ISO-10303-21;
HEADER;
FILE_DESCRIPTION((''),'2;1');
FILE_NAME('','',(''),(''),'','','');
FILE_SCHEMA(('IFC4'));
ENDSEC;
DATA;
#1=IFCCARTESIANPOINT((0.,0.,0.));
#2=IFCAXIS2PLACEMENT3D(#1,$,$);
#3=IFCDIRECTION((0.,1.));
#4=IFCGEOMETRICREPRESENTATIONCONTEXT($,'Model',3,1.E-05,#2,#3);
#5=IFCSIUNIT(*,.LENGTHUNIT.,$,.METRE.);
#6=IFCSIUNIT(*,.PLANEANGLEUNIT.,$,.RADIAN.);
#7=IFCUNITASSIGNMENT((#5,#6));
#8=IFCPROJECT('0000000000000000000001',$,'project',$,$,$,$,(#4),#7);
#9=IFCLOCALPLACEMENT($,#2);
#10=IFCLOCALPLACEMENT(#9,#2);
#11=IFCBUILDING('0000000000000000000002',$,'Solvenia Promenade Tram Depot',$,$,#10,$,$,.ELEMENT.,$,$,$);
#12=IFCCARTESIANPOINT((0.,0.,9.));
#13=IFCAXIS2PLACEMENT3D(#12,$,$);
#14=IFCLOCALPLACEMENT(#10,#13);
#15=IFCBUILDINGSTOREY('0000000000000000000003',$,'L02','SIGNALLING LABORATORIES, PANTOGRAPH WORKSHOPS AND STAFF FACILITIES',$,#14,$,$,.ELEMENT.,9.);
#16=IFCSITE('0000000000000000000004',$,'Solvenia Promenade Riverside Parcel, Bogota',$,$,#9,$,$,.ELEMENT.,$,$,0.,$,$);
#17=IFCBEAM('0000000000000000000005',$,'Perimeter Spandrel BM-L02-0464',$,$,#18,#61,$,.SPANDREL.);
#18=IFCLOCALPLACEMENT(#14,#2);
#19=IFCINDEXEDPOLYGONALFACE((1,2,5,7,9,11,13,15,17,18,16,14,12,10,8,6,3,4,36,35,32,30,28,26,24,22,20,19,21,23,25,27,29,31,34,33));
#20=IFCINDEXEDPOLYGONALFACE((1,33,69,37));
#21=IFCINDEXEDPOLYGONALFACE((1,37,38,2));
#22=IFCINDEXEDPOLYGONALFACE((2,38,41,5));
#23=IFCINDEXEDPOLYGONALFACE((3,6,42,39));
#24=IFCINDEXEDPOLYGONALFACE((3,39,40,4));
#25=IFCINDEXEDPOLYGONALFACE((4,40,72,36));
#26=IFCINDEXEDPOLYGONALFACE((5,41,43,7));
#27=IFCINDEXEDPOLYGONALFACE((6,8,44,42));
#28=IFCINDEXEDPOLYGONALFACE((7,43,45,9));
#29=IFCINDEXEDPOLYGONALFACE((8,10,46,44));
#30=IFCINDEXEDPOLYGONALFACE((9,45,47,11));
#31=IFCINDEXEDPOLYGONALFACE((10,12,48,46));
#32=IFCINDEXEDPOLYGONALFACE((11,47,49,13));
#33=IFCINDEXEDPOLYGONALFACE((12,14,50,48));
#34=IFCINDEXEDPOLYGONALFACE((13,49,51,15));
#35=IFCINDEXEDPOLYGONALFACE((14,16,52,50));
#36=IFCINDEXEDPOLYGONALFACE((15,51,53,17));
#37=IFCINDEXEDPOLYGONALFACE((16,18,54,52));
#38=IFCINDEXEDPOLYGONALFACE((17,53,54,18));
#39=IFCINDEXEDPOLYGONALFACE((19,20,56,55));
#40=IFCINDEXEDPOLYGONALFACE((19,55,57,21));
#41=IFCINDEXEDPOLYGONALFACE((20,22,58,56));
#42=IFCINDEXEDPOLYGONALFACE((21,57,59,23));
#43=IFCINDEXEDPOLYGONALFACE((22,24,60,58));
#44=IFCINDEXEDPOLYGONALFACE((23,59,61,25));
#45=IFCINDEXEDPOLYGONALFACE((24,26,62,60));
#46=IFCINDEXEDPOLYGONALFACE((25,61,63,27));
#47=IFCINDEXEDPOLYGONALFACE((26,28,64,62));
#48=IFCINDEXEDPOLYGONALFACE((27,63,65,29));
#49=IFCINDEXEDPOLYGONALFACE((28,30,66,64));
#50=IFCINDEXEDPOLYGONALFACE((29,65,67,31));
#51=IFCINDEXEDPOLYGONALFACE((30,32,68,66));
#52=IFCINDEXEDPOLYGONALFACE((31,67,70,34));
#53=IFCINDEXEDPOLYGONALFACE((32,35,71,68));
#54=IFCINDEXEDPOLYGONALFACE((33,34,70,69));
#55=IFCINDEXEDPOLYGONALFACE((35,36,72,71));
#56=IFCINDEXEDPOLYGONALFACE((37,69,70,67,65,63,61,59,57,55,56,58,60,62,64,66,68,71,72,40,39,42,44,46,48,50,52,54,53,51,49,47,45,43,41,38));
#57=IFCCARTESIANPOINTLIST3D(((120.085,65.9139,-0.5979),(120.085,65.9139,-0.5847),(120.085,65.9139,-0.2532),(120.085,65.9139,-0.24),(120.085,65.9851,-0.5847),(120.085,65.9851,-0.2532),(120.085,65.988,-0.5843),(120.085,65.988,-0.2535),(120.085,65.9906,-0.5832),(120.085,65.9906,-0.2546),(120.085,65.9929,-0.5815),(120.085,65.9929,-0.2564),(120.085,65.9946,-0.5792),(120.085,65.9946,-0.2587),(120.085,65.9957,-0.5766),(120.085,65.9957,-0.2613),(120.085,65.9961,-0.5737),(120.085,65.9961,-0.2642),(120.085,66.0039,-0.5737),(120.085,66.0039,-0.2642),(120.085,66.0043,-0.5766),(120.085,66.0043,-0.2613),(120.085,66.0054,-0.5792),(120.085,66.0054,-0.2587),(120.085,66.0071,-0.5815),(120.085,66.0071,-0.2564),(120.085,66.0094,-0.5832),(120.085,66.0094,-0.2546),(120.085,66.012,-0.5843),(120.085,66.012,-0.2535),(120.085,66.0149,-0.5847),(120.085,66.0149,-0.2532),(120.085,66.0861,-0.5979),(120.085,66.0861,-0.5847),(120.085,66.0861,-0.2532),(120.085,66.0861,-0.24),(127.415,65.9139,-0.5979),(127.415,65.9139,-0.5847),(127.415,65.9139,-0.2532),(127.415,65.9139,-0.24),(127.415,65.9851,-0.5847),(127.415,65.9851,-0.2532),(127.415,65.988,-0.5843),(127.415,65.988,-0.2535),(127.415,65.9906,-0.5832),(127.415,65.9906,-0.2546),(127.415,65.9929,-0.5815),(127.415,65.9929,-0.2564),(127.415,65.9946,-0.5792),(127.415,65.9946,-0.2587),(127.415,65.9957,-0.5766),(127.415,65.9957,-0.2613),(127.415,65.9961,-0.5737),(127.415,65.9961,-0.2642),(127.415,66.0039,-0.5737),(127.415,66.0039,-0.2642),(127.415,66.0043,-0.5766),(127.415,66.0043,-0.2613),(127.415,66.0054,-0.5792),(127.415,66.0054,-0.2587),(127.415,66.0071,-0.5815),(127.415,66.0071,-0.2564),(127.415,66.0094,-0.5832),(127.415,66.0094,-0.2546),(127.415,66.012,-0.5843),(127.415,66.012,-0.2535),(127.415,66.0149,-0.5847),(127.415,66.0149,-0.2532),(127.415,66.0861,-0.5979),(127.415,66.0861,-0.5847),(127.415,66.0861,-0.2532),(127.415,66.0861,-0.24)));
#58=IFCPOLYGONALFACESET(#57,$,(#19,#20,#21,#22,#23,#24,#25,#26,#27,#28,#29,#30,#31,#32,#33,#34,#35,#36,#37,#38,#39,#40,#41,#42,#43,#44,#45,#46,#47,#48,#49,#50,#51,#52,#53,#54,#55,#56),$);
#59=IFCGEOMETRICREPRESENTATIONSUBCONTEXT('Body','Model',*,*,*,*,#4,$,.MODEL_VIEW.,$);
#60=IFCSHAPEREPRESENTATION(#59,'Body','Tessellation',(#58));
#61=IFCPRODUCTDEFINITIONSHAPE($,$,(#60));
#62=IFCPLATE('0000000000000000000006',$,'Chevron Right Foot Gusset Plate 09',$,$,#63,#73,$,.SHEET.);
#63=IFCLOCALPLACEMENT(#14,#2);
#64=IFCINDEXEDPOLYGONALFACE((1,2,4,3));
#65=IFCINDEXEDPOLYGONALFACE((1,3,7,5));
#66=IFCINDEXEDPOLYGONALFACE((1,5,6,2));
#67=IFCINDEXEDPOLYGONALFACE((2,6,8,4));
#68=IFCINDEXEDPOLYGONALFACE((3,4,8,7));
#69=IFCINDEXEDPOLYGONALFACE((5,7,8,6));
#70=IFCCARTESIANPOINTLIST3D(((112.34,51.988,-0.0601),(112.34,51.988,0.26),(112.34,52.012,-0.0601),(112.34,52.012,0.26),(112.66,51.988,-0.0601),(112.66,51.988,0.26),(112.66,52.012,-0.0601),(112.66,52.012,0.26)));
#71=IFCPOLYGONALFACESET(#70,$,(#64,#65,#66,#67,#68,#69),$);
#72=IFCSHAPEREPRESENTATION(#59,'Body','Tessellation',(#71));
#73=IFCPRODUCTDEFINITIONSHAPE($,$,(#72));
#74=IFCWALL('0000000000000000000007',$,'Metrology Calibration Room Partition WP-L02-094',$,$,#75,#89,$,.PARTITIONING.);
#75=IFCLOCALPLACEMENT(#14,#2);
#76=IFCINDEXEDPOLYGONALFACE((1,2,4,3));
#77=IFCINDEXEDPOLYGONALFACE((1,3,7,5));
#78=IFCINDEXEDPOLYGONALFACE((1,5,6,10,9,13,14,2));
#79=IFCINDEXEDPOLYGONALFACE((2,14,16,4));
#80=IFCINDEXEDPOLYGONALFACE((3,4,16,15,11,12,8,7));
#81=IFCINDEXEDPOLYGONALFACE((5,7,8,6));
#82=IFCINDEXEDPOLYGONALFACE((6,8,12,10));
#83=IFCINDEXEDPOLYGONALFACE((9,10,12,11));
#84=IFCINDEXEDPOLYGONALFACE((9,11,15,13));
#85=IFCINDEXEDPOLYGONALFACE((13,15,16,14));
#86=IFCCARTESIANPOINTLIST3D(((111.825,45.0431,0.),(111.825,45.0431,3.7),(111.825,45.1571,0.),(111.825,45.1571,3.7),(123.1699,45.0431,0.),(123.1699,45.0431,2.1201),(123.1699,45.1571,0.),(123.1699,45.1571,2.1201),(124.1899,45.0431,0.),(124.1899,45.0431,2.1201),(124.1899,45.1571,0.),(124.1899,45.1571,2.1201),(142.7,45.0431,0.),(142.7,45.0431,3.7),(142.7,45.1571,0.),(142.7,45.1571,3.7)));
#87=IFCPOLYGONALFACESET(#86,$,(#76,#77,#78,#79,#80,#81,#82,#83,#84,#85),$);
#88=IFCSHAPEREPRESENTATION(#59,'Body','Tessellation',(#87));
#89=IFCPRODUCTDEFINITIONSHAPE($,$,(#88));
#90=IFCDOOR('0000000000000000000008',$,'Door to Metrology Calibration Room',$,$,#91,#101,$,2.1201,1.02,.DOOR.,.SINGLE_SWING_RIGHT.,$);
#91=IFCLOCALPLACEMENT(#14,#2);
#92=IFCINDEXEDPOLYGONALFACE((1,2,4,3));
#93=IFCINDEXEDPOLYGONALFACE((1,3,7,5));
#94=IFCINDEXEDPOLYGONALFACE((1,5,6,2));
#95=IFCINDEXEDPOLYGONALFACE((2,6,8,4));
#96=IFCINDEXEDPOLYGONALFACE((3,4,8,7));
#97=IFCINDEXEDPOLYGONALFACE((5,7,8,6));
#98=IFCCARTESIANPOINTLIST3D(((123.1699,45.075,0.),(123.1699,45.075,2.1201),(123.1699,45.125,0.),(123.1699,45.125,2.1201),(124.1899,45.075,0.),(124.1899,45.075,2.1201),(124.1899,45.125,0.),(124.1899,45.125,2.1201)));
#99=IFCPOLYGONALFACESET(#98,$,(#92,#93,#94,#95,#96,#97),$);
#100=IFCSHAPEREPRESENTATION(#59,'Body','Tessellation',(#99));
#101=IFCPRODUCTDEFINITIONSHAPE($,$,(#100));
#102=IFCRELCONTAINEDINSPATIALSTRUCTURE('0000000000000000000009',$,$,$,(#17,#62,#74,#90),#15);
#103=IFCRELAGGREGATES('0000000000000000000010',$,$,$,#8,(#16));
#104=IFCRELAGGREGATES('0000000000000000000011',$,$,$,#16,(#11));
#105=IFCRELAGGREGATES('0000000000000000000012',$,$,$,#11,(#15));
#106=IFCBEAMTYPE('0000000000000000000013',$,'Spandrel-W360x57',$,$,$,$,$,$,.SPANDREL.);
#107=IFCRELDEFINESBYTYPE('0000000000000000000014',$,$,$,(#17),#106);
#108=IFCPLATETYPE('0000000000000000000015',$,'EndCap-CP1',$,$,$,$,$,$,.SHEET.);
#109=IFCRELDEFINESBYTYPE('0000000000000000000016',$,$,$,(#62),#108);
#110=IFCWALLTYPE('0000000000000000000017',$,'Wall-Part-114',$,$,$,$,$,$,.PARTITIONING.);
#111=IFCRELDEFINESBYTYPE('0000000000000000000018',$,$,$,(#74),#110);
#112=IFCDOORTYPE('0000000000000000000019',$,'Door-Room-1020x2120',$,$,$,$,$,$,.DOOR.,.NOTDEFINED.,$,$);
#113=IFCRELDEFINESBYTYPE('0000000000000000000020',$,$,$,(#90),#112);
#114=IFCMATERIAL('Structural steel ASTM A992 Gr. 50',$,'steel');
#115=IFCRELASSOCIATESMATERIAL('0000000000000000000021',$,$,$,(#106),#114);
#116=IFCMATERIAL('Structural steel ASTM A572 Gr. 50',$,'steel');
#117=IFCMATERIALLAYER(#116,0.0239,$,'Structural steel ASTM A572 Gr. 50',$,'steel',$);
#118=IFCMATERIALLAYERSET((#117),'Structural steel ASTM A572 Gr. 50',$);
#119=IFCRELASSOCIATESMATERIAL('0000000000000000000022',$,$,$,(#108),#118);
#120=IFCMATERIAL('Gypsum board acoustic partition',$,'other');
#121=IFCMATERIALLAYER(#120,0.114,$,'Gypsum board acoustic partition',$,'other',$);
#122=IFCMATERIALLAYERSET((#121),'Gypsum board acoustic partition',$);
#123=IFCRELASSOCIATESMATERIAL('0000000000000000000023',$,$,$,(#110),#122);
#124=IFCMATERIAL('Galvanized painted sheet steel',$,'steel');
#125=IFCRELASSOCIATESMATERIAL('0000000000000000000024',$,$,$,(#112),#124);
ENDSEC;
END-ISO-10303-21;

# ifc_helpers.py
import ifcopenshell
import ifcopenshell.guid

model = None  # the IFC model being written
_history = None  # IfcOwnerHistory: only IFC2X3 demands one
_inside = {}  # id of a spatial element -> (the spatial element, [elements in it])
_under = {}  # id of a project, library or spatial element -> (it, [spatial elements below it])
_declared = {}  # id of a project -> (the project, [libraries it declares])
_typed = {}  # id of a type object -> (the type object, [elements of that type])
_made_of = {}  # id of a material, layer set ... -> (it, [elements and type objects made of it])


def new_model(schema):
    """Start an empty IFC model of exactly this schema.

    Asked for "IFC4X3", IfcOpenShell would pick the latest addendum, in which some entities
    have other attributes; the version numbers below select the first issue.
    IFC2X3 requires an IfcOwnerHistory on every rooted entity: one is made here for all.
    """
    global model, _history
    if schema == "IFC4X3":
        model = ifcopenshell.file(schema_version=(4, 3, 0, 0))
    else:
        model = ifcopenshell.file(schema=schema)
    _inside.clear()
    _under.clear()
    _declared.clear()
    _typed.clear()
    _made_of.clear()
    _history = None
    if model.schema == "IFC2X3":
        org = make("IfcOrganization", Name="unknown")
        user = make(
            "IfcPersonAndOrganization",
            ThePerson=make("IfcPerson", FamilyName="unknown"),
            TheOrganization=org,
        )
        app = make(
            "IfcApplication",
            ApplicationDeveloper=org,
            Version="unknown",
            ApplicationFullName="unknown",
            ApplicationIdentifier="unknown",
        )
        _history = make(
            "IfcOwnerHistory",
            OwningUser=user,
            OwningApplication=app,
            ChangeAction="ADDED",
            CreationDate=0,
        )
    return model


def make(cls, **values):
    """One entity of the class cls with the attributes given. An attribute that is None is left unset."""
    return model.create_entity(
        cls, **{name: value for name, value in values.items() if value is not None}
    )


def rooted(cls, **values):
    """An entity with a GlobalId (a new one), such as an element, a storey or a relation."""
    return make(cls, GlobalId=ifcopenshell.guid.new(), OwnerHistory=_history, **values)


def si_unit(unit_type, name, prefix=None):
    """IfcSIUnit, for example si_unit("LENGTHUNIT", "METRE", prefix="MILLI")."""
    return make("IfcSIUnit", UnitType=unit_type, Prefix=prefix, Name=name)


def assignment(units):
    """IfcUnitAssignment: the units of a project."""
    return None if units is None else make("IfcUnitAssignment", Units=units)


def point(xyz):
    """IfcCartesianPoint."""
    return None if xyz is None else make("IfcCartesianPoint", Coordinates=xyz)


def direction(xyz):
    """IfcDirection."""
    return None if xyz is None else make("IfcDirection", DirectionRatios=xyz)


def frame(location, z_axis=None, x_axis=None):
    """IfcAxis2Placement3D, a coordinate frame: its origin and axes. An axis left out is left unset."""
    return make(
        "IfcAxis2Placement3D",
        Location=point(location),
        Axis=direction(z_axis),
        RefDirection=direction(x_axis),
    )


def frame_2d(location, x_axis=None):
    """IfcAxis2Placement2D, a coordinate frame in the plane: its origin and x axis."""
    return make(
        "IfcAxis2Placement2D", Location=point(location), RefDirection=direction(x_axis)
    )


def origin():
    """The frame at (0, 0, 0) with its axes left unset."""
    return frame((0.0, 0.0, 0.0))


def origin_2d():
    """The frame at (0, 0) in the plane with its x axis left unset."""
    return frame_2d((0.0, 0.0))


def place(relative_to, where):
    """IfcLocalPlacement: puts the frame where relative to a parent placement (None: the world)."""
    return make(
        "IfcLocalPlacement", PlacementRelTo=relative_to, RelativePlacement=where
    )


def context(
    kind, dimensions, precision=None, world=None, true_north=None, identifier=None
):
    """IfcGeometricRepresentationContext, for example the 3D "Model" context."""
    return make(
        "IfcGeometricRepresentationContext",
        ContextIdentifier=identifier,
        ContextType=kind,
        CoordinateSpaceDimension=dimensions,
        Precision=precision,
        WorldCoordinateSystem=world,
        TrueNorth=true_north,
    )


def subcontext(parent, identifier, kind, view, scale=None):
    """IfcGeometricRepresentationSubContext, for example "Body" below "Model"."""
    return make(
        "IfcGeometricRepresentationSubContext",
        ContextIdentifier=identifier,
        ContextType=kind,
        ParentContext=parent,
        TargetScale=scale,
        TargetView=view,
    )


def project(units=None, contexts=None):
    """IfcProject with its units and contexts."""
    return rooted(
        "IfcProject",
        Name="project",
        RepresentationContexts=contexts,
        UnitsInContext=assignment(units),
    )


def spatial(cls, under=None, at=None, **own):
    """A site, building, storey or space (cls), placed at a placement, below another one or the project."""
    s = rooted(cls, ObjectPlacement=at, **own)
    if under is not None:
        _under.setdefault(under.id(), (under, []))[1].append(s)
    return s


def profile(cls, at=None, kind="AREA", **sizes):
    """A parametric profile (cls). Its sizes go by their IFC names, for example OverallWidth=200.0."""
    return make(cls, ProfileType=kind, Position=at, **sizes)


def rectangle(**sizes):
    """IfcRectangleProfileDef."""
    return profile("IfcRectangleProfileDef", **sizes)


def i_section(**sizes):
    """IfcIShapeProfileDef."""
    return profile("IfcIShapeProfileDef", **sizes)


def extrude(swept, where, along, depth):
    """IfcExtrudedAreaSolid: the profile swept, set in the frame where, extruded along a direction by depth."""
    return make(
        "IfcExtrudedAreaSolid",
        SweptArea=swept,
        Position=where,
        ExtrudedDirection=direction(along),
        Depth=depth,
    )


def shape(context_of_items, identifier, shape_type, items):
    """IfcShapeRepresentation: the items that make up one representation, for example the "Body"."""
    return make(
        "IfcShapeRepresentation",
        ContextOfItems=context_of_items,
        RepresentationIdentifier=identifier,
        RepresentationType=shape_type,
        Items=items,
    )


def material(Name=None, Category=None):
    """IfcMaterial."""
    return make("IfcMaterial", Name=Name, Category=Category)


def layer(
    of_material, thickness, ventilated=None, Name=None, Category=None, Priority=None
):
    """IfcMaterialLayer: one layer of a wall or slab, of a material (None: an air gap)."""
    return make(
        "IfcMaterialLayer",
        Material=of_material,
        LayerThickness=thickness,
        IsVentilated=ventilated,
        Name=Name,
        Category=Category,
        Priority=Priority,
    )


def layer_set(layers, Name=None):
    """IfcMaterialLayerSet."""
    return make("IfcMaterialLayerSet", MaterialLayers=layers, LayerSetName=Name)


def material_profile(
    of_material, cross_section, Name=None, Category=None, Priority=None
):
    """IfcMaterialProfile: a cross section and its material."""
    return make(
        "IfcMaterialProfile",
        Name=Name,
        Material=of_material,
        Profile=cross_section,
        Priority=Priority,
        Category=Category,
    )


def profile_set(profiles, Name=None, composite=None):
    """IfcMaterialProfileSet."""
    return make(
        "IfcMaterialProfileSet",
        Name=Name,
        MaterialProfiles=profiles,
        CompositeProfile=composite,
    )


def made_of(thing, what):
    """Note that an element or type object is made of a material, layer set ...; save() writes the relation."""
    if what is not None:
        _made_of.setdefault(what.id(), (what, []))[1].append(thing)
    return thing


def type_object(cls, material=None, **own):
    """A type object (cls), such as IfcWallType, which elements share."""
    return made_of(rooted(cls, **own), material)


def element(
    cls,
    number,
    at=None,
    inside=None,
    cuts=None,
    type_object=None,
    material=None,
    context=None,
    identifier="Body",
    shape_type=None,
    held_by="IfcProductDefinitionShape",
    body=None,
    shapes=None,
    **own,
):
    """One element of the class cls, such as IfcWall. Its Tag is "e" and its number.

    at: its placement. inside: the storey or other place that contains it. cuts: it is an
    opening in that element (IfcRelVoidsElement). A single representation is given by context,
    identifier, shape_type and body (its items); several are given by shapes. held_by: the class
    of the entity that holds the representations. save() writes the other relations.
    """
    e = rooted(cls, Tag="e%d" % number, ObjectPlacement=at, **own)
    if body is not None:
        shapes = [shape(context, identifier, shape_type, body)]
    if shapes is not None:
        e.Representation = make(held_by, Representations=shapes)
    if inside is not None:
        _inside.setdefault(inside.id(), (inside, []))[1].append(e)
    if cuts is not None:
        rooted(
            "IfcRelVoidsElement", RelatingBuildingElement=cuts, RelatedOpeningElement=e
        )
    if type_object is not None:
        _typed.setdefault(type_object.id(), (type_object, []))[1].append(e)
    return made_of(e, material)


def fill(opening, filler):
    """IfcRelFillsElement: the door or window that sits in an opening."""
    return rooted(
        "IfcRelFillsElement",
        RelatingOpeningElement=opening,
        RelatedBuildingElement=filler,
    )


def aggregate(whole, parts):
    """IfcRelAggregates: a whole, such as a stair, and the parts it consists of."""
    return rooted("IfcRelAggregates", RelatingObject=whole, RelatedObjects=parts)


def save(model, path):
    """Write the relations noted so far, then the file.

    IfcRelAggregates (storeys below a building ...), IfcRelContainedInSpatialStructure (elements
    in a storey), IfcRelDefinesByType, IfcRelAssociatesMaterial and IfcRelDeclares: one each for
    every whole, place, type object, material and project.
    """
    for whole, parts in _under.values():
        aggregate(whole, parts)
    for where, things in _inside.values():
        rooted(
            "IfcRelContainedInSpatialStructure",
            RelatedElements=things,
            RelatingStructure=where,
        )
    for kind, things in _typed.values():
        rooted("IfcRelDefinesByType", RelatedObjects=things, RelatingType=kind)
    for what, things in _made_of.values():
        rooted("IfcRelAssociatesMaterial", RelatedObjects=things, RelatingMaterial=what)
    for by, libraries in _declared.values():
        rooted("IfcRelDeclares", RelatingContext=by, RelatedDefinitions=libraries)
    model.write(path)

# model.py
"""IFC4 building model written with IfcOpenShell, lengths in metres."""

from ifc_helpers import new_model, si_unit, direction, frame, frame_2d, origin, origin_2d, place, context, subcontext, project, spatial, rectangle, i_section, extrude, material, layer, layer_set, material_profile, profile_set, type_object, element, fill, save


model = new_model("IFC4")

# Units and contexts
model_context = context("Model", 3, precision=1e-05, world=origin(), true_north=direction((0.0, 1.0)))
body_context = subcontext(model_context, "Body", "Model", "MODEL_VIEW")
ifc_project = project(units=[si_unit("LENGTHUNIT", "METRE"), si_unit("PLANEANGLEUNIT", "RADIAN")], contexts=[model_context])

# Site, building, storey
site_placement = place(None, origin())
site = spatial("IfcSite", under=ifc_project, at=site_placement, Name="Solvenia Promenade Riverside Parcel, Bogota", CompositionType="ELEMENT", RefElevation=0.0)
building_placement = place(site_placement, origin())
building = spatial("IfcBuilding", under=site, at=building_placement, Name="Solvenia Promenade Tram Depot", CompositionType="ELEMENT")
storey_placement = place(building_placement, frame((0.0, 0.0, 9.0)))
storey = spatial("IfcBuildingStorey", under=building, at=storey_placement, Name="L02", Description="SIGNALLING LABORATORIES, PANTOGRAPH WORKSHOPS AND STAFF FACILITIES", CompositionType="ELEMENT", Elevation=9.0)

# Shared definitions
ifc_material_1 = material(Name="Structural steel ASTM A992 Gr. 50", Category="steel")

# Beam
ifc_material_profile_1 = material_profile(ifc_material_1, i_section(OverallWidth=0.1721, OverallDepth=0.3579, WebThickness=0.0078, FlangeThickness=0.0132, FilletRadius=0.011, at=origin_2d()), Name="W360x57", Category="steel")
ifc_profile_set_1 = profile_set([ifc_material_profile_1], Name="Structural steel ASTM A992 Gr. 50")
beam_type_1 = type_object("IfcBeamType", Name="Spandrel-W360x57", PredefinedType="SPANDREL", material=ifc_profile_set_1)
for number, where, z_axis, x_axis, name in (
    (1, (120.085, 66.0, -0.4189), (1.0, 0.0, 0.0), (0.0, 1.0, 0.0), "Perimeter Spandrel BM-L02-0464"),
):
    element("IfcBeam", number, at=place(storey_placement, frame(where, z_axis=z_axis, x_axis=x_axis)), inside=storey, type_object=beam_type_1, Name=name, PredefinedType="SPANDREL", context=body_context, shape_type="SweptSolid", body=[
        extrude(i_section(OverallWidth=0.1721, OverallDepth=0.3579, WebThickness=0.0078, FlangeThickness=0.0132, FilletRadius=0.011, at=origin_2d()), origin(), (0.0, 0.0, 1.0), 7.3301),
    ])

# Plate
ifc_material_2 = material(Name="Structural steel ASTM A572 Gr. 50", Category="steel")
ifc_layer_1 = layer(ifc_material_2, 0.0239, Name="Structural steel ASTM A572 Gr. 50", Category="steel")
ifc_layer_set_1 = layer_set([ifc_layer_1], Name="Structural steel ASTM A572 Gr. 50")
plate_type = type_object("IfcPlateType", Name="EndCap-CP1", PredefinedType="SHEET", material=ifc_layer_set_1)
plate_placement = place(storey_placement, frame((112.5, 52.0, -0.0601), z_axis=(0.0, 0.0, 1.0), x_axis=(1.0, 0.0, 0.0)))
element("IfcPlate", 2, at=plate_placement, inside=storey, type_object=plate_type, Name="Chevron Right Foot Gusset Plate 09", PredefinedType="SHEET", context=body_context, shape_type="SweptSolid", body=[
    extrude(rectangle(XDim=0.3201, YDim=0.0239, at=origin_2d()), origin(), (0.0, 0.0, 1.0), 0.3201),
])

# Wall, opening, door
ifc_material_3 = material(Name="Gypsum board acoustic partition", Category="other")
ifc_layer_2 = layer(ifc_material_3, 0.114, Name="Gypsum board acoustic partition", Category="other")
ifc_layer_set_2 = layer_set([ifc_layer_2], Name="Gypsum board acoustic partition")
wall_type = type_object("IfcWallType", Name="Wall-Part-114", PredefinedType="PARTITIONING", material=ifc_layer_set_2)
wall_placement = place(storey_placement, frame((111.825, 45.1001, 0.0), z_axis=(0.0, 0.0, 1.0), x_axis=(1.0, 0.0, 0.0)))
wall = element("IfcWall", 3, at=wall_placement, inside=storey, type_object=wall_type, Name="Metrology Calibration Room Partition WP-L02-094", PredefinedType="PARTITIONING", context=body_context, shape_type="SweptSolid", body=[
    extrude(rectangle(XDim=30.875, YDim=0.114, at=frame_2d((15.4375, 0.0))), origin(), (0.0, 0.0, 1.0), 3.7),
])
opening_placement = place(wall_placement, frame((11.345, 0.0, 0.0)))
opening = element("IfcOpeningElement", 4, at=opening_placement, cuts=wall, PredefinedType="OPENING", context=body_context, shape_type="SweptSolid", body=[
    extrude(rectangle(XDim=1.02, YDim=2.1201, at=frame_2d((0.51, 1.0601))), frame((0.0, 0.0669, 0.0), z_axis=(0.0, -1.0, 0.0), x_axis=(1.0, 0.0, 0.0)), (0.0, 0.0, 1.0), 0.134),
])
ifc_material_4 = material(Name="Galvanized painted sheet steel", Category="steel")
door_type = type_object("IfcDoorType", Name="Door-Room-1020x2120", OperationType="NOTDEFINED", PredefinedType="DOOR", material=ifc_material_4)
door_placement = place(opening_placement, origin())
door = element("IfcDoor", 5, at=door_placement, inside=storey, type_object=door_type, Name="Door to Metrology Calibration Room", OperationType="SINGLE_SWING_RIGHT", OverallHeight=2.1201, OverallWidth=1.02, PredefinedType="DOOR", context=body_context, shape_type="SweptSolid", body=[
    extrude(rectangle(XDim=1.02, YDim=2.1201, at=frame_2d((0.51, 1.0601))), frame((0.0, 0.0249, 0.0), z_axis=(0.0, -1.0, 0.0), x_axis=(1.0, 0.0, 0.0)), (0.0, 0.0, 1.0), 0.05),
])
fill(opening, door)

save(model, "model.ifc")
